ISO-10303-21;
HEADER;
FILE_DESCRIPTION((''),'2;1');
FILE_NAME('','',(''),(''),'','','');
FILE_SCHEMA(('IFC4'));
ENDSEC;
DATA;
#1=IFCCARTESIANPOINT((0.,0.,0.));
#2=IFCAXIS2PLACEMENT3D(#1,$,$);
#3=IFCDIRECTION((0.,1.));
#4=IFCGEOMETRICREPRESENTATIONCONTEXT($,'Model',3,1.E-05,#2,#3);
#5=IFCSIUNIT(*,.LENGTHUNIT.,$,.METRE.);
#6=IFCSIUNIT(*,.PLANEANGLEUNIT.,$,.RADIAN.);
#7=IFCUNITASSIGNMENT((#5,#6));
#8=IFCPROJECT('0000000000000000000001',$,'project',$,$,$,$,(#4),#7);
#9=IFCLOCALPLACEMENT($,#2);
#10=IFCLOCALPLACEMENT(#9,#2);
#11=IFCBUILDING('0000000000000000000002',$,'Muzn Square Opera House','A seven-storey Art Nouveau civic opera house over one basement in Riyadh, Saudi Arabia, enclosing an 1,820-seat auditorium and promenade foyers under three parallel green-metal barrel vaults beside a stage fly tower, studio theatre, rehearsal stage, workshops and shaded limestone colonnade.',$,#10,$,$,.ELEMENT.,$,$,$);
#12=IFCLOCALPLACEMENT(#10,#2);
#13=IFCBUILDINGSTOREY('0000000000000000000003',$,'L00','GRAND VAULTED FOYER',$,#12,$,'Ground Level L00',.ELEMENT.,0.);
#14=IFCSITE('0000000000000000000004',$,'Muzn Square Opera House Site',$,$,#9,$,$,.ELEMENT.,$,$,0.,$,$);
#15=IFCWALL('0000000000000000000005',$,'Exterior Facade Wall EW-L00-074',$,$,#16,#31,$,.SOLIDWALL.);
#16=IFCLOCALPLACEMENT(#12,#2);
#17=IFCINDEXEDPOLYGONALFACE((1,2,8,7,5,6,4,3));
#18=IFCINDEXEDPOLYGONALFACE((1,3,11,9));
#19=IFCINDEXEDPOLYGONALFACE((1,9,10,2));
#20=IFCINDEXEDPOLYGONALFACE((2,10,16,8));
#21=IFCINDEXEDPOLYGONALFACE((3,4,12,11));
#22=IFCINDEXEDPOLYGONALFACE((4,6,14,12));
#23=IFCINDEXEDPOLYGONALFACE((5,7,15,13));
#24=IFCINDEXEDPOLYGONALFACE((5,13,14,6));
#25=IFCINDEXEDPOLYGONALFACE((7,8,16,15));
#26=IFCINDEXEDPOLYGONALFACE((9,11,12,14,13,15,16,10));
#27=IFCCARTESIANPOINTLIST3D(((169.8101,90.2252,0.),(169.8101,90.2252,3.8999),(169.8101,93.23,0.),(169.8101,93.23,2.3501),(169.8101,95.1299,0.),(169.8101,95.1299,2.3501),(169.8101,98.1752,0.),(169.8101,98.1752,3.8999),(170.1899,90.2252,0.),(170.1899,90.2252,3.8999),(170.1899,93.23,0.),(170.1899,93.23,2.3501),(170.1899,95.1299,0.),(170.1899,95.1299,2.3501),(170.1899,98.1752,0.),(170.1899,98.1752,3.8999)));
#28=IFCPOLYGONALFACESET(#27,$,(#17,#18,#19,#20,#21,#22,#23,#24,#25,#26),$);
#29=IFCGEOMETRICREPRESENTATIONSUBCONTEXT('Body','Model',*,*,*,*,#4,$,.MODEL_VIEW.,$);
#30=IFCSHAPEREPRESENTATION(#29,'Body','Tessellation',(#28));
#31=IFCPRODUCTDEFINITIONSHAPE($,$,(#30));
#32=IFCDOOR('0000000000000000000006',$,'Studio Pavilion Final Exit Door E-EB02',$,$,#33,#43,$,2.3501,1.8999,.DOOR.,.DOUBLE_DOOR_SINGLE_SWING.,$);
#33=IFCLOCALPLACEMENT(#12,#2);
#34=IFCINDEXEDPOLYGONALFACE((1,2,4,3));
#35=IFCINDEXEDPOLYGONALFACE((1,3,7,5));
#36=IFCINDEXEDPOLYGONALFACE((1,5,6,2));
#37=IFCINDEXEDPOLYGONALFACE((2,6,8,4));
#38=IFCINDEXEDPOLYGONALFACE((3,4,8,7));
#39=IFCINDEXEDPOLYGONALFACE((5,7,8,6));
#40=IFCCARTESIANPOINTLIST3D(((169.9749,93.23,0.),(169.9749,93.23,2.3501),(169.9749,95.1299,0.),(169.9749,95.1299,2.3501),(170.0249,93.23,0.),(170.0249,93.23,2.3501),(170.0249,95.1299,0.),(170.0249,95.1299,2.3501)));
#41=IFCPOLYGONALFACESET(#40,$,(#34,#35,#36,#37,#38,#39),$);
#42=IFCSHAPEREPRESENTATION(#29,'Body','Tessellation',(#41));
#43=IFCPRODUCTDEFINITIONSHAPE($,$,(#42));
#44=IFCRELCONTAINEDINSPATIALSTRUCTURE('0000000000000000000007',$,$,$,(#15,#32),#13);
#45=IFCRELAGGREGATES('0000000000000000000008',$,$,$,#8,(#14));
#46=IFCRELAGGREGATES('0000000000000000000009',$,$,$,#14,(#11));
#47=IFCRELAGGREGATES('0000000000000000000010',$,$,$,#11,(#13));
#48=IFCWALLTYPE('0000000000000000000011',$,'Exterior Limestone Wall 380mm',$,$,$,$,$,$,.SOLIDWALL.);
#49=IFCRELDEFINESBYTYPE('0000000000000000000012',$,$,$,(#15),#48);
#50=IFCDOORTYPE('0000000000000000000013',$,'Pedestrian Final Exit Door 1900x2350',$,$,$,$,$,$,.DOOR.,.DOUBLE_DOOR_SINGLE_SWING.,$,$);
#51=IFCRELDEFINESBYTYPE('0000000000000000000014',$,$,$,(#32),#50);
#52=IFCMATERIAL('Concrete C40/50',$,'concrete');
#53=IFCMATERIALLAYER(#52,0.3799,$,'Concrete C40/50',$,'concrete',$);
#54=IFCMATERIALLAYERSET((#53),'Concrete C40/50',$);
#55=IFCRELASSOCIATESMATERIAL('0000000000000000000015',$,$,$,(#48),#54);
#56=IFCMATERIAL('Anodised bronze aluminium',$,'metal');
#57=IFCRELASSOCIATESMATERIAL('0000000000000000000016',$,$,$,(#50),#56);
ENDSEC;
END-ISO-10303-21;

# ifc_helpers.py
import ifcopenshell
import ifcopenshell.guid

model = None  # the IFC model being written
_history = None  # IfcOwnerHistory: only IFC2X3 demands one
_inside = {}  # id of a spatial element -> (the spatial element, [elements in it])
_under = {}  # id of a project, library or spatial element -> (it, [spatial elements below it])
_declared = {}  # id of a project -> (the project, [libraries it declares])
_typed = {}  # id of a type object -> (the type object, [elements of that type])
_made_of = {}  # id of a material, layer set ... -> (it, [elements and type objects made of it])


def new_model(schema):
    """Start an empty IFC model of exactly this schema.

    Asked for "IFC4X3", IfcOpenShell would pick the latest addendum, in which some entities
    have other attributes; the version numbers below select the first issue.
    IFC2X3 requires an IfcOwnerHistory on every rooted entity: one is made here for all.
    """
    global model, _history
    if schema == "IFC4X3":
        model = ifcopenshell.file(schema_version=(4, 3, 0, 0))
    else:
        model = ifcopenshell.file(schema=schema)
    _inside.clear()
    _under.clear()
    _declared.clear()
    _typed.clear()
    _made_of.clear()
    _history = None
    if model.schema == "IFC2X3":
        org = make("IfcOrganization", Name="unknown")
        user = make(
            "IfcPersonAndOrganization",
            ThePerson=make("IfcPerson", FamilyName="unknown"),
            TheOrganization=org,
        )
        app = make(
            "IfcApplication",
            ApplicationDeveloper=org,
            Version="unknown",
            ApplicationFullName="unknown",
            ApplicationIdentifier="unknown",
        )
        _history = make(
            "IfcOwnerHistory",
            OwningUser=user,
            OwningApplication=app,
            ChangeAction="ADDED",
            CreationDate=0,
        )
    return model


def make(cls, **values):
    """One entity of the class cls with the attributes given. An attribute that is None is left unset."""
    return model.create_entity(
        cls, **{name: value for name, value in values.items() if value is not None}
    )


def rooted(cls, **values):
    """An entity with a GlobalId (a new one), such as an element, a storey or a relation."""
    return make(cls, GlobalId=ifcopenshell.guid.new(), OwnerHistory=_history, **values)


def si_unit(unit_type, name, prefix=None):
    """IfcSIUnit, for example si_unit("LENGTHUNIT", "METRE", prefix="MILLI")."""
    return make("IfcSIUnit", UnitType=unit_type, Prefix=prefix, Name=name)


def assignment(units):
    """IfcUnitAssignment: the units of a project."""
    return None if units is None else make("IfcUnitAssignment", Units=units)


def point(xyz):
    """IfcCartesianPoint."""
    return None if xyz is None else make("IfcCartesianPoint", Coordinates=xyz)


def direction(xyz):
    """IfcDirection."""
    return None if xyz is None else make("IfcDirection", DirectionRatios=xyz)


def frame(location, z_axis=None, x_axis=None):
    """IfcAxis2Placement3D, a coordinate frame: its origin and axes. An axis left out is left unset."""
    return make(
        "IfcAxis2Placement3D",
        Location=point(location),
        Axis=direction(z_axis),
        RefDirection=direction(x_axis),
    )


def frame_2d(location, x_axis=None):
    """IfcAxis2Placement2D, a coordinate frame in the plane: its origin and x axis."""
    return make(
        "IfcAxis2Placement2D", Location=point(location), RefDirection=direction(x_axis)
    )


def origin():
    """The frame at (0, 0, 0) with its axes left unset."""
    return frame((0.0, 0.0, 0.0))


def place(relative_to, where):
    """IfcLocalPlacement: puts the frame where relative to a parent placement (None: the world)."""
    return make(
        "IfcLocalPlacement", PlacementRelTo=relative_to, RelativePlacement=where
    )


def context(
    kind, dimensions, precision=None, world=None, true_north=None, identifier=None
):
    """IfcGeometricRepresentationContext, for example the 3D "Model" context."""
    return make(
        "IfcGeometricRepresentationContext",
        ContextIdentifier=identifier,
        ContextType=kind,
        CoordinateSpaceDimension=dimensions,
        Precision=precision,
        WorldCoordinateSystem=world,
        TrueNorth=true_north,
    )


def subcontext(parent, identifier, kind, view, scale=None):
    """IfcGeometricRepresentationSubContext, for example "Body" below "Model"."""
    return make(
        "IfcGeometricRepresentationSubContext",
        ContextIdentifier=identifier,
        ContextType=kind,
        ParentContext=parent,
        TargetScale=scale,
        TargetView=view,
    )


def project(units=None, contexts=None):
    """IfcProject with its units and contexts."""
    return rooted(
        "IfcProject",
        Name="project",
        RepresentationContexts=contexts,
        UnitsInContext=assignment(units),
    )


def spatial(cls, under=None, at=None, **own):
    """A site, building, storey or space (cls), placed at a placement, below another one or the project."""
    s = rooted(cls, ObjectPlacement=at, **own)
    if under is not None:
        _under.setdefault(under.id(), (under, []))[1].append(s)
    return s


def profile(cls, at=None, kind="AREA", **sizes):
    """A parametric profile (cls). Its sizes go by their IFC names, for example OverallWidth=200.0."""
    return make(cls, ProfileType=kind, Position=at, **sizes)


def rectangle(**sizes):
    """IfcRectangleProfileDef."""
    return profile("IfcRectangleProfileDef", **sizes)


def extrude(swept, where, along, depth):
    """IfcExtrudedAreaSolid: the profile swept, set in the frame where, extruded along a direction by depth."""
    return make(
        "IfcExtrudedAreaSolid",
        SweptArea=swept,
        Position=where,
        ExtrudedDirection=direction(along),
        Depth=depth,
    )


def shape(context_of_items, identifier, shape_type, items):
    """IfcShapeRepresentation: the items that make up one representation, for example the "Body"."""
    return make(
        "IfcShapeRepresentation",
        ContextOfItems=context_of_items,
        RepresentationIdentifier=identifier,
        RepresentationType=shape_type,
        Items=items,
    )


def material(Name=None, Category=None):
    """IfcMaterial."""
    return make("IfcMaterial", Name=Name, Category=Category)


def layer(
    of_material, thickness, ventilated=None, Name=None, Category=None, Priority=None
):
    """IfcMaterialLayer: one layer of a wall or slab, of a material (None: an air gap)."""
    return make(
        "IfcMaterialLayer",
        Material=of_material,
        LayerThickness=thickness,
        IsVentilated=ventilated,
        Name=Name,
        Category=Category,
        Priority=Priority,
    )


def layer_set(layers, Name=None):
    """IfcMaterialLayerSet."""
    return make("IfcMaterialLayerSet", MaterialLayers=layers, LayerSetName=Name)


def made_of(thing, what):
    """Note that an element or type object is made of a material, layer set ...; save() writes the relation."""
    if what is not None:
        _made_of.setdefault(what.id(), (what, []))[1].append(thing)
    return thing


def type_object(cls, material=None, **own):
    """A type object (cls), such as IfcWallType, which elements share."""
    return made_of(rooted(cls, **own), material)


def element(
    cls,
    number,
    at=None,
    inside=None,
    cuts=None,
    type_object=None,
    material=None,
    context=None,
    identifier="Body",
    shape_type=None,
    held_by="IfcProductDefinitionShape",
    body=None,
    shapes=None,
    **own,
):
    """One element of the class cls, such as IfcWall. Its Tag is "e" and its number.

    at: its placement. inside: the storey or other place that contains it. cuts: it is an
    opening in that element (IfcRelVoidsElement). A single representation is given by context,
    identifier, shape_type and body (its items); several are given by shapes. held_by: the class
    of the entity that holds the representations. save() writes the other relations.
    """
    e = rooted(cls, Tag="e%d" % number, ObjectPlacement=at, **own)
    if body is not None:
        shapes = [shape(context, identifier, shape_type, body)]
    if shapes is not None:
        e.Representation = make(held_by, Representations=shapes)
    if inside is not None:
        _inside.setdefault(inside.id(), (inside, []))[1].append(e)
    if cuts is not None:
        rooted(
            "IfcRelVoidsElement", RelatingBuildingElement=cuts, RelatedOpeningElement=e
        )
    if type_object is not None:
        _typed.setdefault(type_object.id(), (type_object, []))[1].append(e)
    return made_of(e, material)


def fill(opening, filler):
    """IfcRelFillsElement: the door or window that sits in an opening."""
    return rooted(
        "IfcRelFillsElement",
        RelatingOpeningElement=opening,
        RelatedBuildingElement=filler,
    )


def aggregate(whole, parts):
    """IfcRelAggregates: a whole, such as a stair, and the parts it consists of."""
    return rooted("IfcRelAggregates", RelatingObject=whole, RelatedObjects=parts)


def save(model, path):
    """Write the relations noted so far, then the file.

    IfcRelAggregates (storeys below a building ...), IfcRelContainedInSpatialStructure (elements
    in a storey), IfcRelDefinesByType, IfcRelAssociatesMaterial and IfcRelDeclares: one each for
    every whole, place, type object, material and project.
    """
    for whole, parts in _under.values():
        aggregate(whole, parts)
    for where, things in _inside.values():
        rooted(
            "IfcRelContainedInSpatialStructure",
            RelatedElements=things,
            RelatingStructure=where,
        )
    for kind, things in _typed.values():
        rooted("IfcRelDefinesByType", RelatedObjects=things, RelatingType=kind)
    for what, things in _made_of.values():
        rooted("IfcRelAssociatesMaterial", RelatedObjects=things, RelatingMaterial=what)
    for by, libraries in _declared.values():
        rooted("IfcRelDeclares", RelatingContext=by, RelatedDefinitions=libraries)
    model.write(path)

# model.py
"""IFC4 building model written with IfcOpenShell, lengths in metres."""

from ifc_helpers import new_model, si_unit, direction, frame, frame_2d, origin, place, context, subcontext, project, spatial, rectangle, extrude, material, layer, layer_set, type_object, element, fill, save


model = new_model("IFC4")

# Units and contexts
model_context = context("Model", 3, precision=1e-05, world=origin(), true_north=direction((0.0, 1.0)))
body_context = subcontext(model_context, "Body", "Model", "MODEL_VIEW")
ifc_project = project(units=[si_unit("LENGTHUNIT", "METRE"), si_unit("PLANEANGLEUNIT", "RADIAN")], contexts=[model_context])

# Site, building, storey
site_placement = place(None, origin())
site = spatial("IfcSite", under=ifc_project, at=site_placement, Name="Muzn Square Opera House Site", CompositionType="ELEMENT", RefElevation=0.0)
building_placement = place(site_placement, origin())
building = spatial("IfcBuilding", under=site, at=building_placement, Name="Muzn Square Opera House", Description="A seven-storey Art Nouveau civic opera house over one basement in Riyadh, Saudi Arabia, enclosing an 1,820-seat auditorium and promenade foyers under three parallel green-metal barrel vaults beside a stage fly tower, studio theatre, rehearsal stage, workshops and shaded limestone colonnade.", CompositionType="ELEMENT")
storey_placement = place(building_placement, origin())
storey = spatial("IfcBuildingStorey", under=building, at=storey_placement, Name="L00", Description="GRAND VAULTED FOYER", LongName="Ground Level L00", CompositionType="ELEMENT", Elevation=0.0)

# Shared definitions
ifc_material_1 = material(Name="Concrete C40/50", Category="concrete")

# Wall, opening, door
ifc_layer_1 = layer(ifc_material_1, 0.3799, Name="Concrete C40/50", Category="concrete")
ifc_layer_set_1 = layer_set([ifc_layer_1], Name="Concrete C40/50")
wall_type_1 = type_object("IfcWallType", Name="Exterior Limestone Wall 380mm", PredefinedType="SOLIDWALL", material=ifc_layer_set_1)
wall_1_placement = place(storey_placement, frame((170.0, 90.2251, 0.0), z_axis=(0.0, 0.0, 1.0), x_axis=(0.0, 1.0, 0.0)))
wall_1 = element("IfcWall", 1, at=wall_1_placement, inside=storey, type_object=wall_type_1, Name="Exterior Facade Wall EW-L00-074", PredefinedType="SOLIDWALL", context=body_context, shape_type="SweptSolid", body=[
    extrude(rectangle(XDim=7.95, YDim=0.3799, at=frame_2d((3.9751, 0.0))), origin(), (0.0, 0.0, 1.0), 3.8999),
])
opening_placement = place(wall_1_placement, frame((4.9048, 0.0, 0.0), z_axis=(0.0, 0.0, 1.0), x_axis=(-1.0, 0.0, 0.0)))
opening = element("IfcOpeningElement", 2, at=opening_placement, cuts=wall_1, PredefinedType="OPENING", context=body_context, shape_type="SweptSolid", body=[
    extrude(rectangle(XDim=1.8999, YDim=2.3501, at=frame_2d((0.95, 1.175))), frame((0.0, 0.2, 0.0), z_axis=(0.0, -1.0, 0.0), x_axis=(1.0, 0.0, 0.0)), (0.0, 0.0, 1.0), 0.3999),
])
ifc_material_2 = material(Name="Anodised bronze aluminium", Category="metal")
door_type = type_object("IfcDoorType", Name="Pedestrian Final Exit Door 1900x2350", OperationType="DOUBLE_DOOR_SINGLE_SWING", PredefinedType="DOOR", material=ifc_material_2)
door_placement = place(opening_placement, origin())
door = element("IfcDoor", 3, at=door_placement, inside=storey, type_object=door_type, Name="Studio Pavilion Final Exit Door E-EB02", OperationType="DOUBLE_DOOR_SINGLE_SWING", OverallHeight=2.3501, OverallWidth=1.8999, PredefinedType="DOOR", context=body_context, shape_type="SweptSolid", body=[
    extrude(rectangle(XDim=1.8999, YDim=2.3501, at=frame_2d((0.95, 1.175))), frame((0.0, 0.0249, 0.0), z_axis=(0.0, -1.0, 0.0), x_axis=(1.0, 0.0, 0.0)), (0.0, 0.0, 1.0), 0.05),
])
fill(opening, door)

save(model, "model.ifc")
